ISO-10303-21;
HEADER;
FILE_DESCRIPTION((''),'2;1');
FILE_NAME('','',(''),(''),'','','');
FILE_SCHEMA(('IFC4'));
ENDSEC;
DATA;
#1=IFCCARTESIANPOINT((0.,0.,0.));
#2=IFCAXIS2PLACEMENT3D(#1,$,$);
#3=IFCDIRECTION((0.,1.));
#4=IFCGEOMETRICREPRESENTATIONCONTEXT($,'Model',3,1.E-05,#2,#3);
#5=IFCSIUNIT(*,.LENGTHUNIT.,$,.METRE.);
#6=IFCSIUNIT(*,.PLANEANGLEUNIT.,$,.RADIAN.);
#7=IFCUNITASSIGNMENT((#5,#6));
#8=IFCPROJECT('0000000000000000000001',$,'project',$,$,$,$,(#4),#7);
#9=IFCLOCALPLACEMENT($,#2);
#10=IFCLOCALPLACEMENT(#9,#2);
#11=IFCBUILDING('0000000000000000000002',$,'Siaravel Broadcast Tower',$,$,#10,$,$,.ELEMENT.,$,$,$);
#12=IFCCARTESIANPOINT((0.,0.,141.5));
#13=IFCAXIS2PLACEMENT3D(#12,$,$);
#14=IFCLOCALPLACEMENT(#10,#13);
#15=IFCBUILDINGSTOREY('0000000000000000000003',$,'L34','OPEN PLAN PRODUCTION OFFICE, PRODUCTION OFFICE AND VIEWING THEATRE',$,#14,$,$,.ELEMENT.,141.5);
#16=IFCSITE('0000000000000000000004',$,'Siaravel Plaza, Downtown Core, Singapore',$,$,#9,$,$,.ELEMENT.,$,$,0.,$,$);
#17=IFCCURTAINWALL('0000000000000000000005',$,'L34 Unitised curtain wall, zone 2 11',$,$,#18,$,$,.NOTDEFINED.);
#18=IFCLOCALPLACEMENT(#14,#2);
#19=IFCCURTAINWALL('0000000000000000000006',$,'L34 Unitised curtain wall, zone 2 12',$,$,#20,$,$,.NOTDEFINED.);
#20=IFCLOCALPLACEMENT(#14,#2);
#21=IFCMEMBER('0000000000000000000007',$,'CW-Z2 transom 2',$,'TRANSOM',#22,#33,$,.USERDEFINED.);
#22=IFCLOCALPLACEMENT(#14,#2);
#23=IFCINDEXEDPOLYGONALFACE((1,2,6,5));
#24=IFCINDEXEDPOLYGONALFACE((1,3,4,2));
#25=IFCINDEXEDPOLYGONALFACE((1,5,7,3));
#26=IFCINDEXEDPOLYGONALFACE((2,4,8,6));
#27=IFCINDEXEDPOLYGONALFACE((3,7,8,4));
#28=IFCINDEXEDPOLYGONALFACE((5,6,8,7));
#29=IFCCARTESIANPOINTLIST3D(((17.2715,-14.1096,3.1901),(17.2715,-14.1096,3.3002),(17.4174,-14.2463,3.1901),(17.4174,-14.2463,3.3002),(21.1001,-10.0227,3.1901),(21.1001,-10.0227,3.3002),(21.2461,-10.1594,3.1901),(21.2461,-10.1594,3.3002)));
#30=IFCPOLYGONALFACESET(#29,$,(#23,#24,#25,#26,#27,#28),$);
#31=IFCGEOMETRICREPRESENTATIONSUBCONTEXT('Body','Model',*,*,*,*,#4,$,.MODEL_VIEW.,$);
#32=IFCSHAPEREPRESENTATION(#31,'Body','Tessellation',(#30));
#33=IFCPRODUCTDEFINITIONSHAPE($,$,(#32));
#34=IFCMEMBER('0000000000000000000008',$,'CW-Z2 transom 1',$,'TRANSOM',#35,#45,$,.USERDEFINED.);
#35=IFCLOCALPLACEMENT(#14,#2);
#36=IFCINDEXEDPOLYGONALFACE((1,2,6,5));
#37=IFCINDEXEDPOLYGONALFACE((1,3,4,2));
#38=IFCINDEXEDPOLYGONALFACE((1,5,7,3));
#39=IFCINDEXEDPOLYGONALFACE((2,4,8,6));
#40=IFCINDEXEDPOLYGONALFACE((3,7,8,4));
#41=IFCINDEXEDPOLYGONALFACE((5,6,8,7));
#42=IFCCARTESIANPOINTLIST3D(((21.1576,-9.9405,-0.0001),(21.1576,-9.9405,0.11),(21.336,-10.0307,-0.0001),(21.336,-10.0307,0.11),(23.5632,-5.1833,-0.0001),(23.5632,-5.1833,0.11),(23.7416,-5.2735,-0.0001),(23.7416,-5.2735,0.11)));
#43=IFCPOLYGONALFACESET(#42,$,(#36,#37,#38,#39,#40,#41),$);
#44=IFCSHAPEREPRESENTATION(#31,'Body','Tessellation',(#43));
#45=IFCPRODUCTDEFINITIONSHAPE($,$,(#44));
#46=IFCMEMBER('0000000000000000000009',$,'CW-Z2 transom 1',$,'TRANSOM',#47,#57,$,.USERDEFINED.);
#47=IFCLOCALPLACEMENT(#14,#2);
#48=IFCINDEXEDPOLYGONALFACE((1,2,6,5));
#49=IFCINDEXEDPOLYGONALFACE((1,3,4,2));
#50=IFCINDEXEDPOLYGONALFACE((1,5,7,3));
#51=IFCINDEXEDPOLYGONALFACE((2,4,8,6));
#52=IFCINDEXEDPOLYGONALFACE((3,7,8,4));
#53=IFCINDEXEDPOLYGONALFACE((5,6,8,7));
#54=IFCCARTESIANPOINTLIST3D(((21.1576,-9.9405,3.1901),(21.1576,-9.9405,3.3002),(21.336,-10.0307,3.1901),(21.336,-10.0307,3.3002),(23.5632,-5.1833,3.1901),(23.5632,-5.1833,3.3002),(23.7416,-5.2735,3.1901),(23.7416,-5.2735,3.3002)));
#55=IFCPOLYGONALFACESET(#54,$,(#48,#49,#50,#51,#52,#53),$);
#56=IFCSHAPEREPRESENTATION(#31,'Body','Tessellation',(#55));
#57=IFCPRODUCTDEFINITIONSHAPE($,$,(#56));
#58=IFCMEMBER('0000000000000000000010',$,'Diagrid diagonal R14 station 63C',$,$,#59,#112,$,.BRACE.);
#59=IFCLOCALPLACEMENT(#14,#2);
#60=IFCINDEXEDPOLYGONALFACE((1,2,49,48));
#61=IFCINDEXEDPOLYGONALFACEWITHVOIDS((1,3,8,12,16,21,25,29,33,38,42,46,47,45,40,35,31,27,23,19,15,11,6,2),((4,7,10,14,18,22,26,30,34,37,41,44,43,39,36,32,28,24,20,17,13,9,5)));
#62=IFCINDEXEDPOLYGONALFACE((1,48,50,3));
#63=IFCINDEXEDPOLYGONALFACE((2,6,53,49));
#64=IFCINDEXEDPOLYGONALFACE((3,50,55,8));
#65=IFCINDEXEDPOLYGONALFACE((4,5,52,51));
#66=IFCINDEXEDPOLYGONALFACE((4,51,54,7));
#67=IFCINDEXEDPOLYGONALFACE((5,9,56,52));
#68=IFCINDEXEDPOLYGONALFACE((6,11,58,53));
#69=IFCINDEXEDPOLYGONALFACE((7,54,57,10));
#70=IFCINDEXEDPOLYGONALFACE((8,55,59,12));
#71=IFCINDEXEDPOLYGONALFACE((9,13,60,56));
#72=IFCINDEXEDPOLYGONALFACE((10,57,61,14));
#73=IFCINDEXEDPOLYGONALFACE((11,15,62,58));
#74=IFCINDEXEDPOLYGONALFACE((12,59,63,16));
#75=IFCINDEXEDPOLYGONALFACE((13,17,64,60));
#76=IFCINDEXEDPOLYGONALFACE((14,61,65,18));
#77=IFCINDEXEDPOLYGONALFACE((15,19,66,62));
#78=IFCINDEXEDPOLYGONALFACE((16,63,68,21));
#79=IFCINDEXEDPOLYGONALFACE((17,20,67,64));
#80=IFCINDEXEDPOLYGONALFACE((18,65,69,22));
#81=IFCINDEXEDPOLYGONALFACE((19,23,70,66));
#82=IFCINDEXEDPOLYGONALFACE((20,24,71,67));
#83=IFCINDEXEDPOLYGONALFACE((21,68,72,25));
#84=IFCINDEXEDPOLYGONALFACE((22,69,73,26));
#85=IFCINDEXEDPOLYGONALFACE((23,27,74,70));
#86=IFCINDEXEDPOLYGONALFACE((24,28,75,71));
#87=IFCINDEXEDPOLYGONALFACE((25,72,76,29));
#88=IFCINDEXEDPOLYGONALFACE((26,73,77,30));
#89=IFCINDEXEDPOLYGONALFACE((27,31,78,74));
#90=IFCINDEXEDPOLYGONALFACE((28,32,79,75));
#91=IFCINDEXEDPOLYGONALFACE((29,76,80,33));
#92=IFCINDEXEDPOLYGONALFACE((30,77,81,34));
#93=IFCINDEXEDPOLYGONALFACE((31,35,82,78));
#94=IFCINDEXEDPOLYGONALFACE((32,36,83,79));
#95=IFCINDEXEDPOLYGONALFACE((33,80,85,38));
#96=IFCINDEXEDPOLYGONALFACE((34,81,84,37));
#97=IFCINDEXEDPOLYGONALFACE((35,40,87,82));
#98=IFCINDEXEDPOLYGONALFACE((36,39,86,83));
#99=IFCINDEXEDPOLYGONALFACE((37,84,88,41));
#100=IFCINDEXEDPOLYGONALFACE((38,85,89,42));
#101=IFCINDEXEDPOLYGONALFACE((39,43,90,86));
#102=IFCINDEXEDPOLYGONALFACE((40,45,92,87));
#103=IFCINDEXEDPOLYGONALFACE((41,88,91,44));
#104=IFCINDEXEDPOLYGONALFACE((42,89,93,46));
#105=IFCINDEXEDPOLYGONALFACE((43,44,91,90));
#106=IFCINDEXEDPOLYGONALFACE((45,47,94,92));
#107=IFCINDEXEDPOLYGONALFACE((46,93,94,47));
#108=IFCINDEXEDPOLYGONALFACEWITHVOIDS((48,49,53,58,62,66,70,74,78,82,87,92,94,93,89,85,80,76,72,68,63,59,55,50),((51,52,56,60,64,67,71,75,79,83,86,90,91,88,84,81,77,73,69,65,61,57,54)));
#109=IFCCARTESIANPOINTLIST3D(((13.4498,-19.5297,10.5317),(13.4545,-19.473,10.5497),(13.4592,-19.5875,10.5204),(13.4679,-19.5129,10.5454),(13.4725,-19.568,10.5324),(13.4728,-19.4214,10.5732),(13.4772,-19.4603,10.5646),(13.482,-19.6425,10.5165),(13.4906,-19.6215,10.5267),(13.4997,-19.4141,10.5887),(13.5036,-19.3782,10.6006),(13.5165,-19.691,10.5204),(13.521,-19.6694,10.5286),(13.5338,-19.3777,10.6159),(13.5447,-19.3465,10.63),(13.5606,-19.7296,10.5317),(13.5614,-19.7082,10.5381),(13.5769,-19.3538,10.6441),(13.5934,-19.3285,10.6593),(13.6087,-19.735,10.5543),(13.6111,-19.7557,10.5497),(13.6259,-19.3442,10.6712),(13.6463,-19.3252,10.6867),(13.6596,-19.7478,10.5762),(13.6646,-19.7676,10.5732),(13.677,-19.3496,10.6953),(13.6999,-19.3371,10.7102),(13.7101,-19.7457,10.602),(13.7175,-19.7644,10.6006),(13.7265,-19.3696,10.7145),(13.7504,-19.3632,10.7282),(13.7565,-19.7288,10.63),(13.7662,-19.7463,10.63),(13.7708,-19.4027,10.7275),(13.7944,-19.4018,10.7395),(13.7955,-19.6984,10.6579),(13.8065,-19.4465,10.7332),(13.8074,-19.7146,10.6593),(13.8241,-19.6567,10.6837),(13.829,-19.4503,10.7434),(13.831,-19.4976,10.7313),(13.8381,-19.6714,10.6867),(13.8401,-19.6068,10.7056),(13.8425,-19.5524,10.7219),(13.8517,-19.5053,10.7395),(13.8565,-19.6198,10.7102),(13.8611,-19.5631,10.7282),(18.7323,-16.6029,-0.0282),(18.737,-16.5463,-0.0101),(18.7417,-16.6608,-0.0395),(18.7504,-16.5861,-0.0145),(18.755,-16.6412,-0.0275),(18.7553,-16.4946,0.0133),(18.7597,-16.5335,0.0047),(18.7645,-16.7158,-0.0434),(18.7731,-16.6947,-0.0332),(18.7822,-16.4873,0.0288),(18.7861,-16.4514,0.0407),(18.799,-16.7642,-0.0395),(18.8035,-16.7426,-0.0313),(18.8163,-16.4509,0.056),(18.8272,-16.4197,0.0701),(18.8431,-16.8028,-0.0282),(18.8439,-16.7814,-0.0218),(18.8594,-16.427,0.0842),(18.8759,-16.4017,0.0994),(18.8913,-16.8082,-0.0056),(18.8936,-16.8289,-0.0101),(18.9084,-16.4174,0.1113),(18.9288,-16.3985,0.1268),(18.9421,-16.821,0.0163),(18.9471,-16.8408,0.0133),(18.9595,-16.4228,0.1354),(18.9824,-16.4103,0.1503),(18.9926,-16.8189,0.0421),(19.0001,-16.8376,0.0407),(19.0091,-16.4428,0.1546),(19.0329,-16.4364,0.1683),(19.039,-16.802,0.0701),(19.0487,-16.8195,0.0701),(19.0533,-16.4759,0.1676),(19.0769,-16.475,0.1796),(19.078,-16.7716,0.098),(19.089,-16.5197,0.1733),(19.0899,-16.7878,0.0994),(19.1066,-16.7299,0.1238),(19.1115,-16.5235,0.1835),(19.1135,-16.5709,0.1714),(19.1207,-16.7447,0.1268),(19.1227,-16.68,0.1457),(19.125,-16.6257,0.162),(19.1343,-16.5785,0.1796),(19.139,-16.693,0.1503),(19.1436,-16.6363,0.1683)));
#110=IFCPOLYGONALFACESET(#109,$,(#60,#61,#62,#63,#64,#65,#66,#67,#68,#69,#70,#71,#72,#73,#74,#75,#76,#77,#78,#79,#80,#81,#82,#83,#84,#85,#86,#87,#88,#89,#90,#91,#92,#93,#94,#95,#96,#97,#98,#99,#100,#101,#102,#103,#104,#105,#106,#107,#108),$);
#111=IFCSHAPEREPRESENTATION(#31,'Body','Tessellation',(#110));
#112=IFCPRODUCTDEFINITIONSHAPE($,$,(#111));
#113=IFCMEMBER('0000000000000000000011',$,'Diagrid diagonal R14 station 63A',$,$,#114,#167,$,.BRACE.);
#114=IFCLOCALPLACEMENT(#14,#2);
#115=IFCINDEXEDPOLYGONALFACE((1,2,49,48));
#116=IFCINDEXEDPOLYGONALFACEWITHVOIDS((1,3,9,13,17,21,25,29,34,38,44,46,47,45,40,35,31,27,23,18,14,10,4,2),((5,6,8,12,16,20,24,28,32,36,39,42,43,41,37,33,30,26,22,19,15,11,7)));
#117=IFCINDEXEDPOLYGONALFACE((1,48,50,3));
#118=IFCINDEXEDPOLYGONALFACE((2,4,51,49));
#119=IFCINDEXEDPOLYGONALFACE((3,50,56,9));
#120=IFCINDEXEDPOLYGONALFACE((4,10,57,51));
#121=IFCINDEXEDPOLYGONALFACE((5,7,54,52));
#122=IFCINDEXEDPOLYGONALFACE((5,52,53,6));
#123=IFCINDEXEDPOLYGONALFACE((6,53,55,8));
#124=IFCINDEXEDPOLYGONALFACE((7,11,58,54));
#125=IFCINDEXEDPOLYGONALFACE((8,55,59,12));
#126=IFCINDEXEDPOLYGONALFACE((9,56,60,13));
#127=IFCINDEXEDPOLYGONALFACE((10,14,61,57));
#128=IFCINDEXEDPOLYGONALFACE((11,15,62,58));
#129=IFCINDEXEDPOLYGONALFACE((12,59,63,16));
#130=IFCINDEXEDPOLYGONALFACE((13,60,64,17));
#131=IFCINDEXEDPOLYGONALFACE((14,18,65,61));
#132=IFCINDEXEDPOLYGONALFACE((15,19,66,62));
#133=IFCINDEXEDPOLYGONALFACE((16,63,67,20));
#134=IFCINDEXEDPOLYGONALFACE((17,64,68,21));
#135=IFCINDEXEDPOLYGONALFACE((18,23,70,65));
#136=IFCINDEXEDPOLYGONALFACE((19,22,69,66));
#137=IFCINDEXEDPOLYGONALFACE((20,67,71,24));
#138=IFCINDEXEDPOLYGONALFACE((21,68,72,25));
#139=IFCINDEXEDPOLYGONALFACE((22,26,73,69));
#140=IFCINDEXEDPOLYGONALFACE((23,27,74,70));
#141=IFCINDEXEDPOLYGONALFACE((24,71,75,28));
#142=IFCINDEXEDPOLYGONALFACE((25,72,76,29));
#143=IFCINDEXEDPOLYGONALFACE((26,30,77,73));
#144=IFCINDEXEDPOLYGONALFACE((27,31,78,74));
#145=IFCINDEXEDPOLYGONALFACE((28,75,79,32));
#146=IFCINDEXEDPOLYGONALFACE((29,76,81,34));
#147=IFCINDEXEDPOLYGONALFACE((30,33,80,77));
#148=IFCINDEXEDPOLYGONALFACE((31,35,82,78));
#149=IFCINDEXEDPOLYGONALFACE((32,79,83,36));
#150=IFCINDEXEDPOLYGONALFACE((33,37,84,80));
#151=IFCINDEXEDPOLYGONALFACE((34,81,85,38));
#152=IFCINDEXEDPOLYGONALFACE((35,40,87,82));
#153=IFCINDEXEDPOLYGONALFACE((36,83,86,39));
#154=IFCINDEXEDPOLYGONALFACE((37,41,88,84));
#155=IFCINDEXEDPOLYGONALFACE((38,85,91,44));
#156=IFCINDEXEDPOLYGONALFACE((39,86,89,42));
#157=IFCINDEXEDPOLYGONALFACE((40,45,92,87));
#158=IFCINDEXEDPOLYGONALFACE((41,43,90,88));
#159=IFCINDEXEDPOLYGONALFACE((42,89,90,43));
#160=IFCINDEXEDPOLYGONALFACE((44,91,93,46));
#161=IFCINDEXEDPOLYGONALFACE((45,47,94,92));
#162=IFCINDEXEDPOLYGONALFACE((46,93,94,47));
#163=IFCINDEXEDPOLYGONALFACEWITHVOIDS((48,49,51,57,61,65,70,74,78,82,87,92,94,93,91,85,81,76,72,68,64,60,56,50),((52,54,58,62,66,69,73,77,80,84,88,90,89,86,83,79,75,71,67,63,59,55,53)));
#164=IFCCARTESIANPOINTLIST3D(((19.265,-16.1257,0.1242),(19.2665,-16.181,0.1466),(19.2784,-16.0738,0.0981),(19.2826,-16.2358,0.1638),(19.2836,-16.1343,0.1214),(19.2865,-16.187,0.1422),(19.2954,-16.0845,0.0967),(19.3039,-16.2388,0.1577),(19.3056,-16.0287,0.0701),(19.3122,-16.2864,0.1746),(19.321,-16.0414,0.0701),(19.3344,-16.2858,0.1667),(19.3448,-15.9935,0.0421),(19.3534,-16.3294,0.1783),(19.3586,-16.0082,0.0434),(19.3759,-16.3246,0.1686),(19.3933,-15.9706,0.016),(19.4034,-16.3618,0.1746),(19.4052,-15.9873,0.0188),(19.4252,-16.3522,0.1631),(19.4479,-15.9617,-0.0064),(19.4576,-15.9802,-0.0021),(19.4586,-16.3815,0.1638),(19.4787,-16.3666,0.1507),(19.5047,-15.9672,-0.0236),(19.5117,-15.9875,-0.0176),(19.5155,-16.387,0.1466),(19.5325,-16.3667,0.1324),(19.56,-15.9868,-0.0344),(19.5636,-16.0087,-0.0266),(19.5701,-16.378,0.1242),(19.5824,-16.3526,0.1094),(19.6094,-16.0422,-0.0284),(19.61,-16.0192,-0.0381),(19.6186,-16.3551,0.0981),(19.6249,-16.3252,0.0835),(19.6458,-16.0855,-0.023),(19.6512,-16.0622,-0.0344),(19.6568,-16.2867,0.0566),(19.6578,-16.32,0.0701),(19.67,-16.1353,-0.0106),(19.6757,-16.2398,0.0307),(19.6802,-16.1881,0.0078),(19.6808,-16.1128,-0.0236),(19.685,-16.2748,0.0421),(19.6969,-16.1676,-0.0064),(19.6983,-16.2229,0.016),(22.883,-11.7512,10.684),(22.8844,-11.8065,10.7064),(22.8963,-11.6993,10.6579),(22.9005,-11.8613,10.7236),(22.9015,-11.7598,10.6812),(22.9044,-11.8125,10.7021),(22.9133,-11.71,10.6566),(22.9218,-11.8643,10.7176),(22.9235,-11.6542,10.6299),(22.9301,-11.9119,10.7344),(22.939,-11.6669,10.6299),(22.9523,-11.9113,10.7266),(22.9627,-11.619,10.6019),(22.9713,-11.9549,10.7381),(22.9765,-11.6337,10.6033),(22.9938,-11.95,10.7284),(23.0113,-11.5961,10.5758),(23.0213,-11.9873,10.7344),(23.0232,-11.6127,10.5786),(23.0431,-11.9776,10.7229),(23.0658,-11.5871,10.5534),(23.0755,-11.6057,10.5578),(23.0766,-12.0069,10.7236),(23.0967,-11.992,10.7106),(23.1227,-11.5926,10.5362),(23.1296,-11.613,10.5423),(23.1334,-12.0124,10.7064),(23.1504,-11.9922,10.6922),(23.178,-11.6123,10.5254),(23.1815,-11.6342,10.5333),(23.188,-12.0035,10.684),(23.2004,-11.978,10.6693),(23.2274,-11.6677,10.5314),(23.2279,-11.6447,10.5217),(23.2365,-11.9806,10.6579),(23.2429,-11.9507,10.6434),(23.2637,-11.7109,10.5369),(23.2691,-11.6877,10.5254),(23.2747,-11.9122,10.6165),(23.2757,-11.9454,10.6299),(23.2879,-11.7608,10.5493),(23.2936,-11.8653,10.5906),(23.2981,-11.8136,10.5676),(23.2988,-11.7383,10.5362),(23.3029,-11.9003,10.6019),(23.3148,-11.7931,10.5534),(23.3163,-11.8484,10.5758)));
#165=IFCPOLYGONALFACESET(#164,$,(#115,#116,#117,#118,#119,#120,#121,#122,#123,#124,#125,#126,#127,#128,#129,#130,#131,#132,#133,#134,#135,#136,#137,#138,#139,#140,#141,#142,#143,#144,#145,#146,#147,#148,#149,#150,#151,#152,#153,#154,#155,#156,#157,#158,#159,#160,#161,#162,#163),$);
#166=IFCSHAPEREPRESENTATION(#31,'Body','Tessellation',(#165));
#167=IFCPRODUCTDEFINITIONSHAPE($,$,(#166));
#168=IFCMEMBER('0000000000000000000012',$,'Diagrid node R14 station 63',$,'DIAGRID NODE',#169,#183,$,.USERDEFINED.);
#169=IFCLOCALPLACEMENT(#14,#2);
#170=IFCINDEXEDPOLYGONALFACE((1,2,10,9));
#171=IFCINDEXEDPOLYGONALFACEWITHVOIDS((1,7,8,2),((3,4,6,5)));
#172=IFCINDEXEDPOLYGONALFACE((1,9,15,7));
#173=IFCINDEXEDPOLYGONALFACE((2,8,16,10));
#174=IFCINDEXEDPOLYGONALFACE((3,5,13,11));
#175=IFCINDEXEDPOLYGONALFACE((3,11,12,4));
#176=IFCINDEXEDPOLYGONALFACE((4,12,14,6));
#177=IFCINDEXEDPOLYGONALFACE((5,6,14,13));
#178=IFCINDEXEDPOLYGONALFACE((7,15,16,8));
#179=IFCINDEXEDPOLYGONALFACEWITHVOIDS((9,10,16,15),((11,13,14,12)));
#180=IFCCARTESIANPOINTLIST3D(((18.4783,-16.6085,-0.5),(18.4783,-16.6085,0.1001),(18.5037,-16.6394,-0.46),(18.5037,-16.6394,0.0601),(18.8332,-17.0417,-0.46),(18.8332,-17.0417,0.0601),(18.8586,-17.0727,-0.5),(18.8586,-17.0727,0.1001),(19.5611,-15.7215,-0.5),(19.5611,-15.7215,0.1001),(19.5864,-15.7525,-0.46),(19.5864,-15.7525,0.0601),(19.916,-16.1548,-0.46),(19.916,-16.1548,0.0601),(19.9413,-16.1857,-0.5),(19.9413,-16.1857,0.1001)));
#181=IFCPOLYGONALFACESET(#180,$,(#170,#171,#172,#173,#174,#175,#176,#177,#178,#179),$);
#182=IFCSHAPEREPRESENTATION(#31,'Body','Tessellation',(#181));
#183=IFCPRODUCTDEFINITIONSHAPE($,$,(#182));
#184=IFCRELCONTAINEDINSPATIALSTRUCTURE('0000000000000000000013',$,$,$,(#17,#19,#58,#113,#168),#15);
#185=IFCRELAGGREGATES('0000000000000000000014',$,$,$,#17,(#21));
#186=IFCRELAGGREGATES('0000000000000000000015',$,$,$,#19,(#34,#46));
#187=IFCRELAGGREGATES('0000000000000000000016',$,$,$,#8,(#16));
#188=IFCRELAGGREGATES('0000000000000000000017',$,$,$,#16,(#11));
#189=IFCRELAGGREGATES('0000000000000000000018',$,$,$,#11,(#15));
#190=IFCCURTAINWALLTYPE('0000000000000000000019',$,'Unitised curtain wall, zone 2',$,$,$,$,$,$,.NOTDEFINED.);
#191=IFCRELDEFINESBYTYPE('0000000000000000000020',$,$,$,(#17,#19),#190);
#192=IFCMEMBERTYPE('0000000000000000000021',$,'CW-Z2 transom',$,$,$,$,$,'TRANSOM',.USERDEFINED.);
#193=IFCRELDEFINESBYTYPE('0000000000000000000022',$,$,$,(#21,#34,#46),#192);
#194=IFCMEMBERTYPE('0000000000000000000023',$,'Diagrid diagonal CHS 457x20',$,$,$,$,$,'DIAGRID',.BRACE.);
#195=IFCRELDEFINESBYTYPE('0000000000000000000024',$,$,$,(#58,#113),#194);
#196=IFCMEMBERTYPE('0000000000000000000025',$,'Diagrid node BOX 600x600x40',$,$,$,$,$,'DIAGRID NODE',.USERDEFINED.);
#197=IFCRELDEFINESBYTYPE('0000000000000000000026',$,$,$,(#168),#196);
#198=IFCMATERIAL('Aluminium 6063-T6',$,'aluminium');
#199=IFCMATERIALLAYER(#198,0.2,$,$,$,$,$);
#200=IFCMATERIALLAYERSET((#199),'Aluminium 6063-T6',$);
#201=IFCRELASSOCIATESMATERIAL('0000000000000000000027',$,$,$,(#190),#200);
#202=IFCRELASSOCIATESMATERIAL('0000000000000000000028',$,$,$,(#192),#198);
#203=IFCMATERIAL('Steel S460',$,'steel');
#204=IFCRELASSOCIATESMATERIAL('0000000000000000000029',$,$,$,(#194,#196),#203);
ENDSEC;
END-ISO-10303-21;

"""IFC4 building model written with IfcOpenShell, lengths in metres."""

from ifc_helpers import new_model, si_unit, direction, frame, origin, origin_2d, place, context, subcontext, project, spatial, rectangle, hollow_rectangle, hollow_circle, extrude, material, layer, layer_set, material_profile, profile_set, type_object, element, aggregate, save


model = new_model("IFC4")

# Units and contexts
model_context = context("Model", 3, precision=1e-05, world=origin(), true_north=direction((0.0, 1.0)))
body_context = subcontext(model_context, "Body", "Model", "MODEL_VIEW")
ifc_project = project(units=[si_unit("LENGTHUNIT", "METRE"), si_unit("PLANEANGLEUNIT", "RADIAN")], contexts=[model_context])

# Site, building, storey
site_placement = place(None, origin())
site = spatial("IfcSite", under=ifc_project, at=site_placement, Name="Siaravel Plaza, Downtown Core, Singapore", CompositionType="ELEMENT", RefElevation=0.0)
building_placement = place(site_placement, origin())
building = spatial("IfcBuilding", under=site, at=building_placement, Name="Siaravel Broadcast Tower", CompositionType="ELEMENT")
storey_placement = place(building_placement, frame((0.0, 0.0, 141.5)))
storey = spatial("IfcBuildingStorey", under=building, at=storey_placement, Name="L34", Description="OPEN PLAN PRODUCTION OFFICE, PRODUCTION OFFICE AND VIEWING THEATRE", CompositionType="ELEMENT", Elevation=141.5)

# Curtain wall
ifc_material_1 = material(Name="Aluminium 6063-T6", Category="aluminium")
ifc_layer_1 = layer(ifc_material_1, 0.2)
ifc_layer_set_1 = layer_set([ifc_layer_1], Name="Aluminium 6063-T6")
curtain_wall_type = type_object("IfcCurtainWallType", Name="Unitised curtain wall, zone 2", PredefinedType="NOTDEFINED", material=ifc_layer_set_1)
curtain_wall_1_placement = place(storey_placement, origin())
curtain_wall_1 = element("IfcCurtainWall", 1, at=curtain_wall_1_placement, inside=storey, type_object=curtain_wall_type, Name="L34 Unitised curtain wall, zone 2 11", PredefinedType="NOTDEFINED")

# Curtain wall
curtain_wall_2_placement = place(storey_placement, origin())
curtain_wall_2 = element("IfcCurtainWall", 2, at=curtain_wall_2_placement, inside=storey, type_object=curtain_wall_type, Name="L34 Unitised curtain wall, zone 2 12", PredefinedType="NOTDEFINED")

# Members
ifc_material_profile_1 = material_profile(ifc_material_1, rectangle(XDim=0.2, YDim=0.1101, at=origin_2d()))
ifc_profile_set_1 = profile_set([ifc_material_profile_1], Name="Aluminium 6063-T6")
member_type_1 = type_object("IfcMemberType", Name="CW-Z2 transom", ElementType="TRANSOM", PredefinedType="USERDEFINED", material=ifc_profile_set_1)
member_1_placement = place(storey_placement, frame((17.3445, -14.178, 3.2451), z_axis=(0.683668, 0.729793, 0.0), x_axis=(-0.729793, 0.683668, 0.0)))
member_1 = element("IfcMember", 3, at=member_1_placement, type_object=member_type_1, Name="CW-Z2 transom 2", ObjectType="TRANSOM", PredefinedType="USERDEFINED", context=body_context, shape_type="SweptSolid", body=[
    extrude(rectangle(XDim=0.2, YDim=0.1101, at=origin_2d()), origin(), (0.0, 0.0, 1.0), 5.6001),
])
member_2_placement = place(storey_placement, frame((21.2468, -9.9856, 0.0549), z_axis=(0.451258, 0.892394, 0.0), x_axis=(-0.892394, 0.451258, 0.0)))
member_2 = element("IfcMember", 4, at=member_2_placement, type_object=member_type_1, Name="CW-Z2 transom 1", ObjectType="TRANSOM", PredefinedType="USERDEFINED", context=body_context, shape_type="SweptSolid", body=[
    extrude(rectangle(XDim=0.2, YDim=0.1101, at=origin_2d()), origin(), (0.0, 0.0, 1.0), 5.3308),
])
member_3_placement = place(storey_placement, frame((21.2468, -9.9856, 3.2451), z_axis=(0.451258, 0.892394, 0.0), x_axis=(-0.892394, 0.451258, 0.0)))
member_3 = element("IfcMember", 5, at=member_3_placement, type_object=member_type_1, Name="CW-Z2 transom 1", ObjectType="TRANSOM", PredefinedType="USERDEFINED", context=body_context, shape_type="SweptSolid", body=[
    extrude(rectangle(XDim=0.2, YDim=0.1101, at=origin_2d()), origin(), (0.0, 0.0, 1.0), 5.3308),
])

# Members
ifc_material_2 = material(Name="Steel S460", Category="steel")
ifc_material_profile_2 = material_profile(ifc_material_2, hollow_circle(Radius=0.2285, WallThickness=0.02, at=origin_2d()))
ifc_profile_set_2 = profile_set([ifc_material_profile_2], Name="Steel S460")
member_type_2 = type_object("IfcMemberType", Name="Diagrid diagonal CHS 457x20", ElementType="DIAGRID", PredefinedType="BRACE", material=ifc_profile_set_2)
member_4_placement = place(storey_placement, frame((18.938, -16.6196, 0.0701), z_axis=(-0.434246, -0.240594, 0.86807), x_axis=(0.484637, -0.874715, 0.0)))
element("IfcMember", 6, at=member_4_placement, inside=storey, type_object=member_type_2, Name="Diagrid diagonal R14 station 63C", PredefinedType="BRACE", context=body_context, shape_type="SweptSolid", body=[
    extrude(hollow_circle(Radius=0.2285, WallThickness=0.02, at=origin_2d()), origin(), (0.0, 0.0, 1.0), 12.1648),
])
member_5_placement = place(storey_placement, frame((19.4817, -16.1743, 0.0701), z_axis=(0.301771, 0.364878, 0.880794), x_axis=(-0.770599, 0.63732, 0.0)))
element("IfcMember", 7, at=member_5_placement, inside=storey, type_object=member_type_2, Name="Diagrid diagonal R14 station 63A", PredefinedType="BRACE", context=body_context, shape_type="SweptSolid", body=[
    extrude(hollow_circle(Radius=0.2285, WallThickness=0.02, at=origin_2d()), origin(), (0.0, 0.0, 1.0), 11.989),
])
ifc_material_profile_3 = material_profile(ifc_material_2, hollow_rectangle(XDim=0.6001, YDim=0.6001, WallThickness=0.04, at=origin_2d()))
ifc_profile_set_3 = profile_set([ifc_material_profile_3], Name="Steel S460")
member_type_3 = type_object("IfcMemberType", Name="Diagrid node BOX 600x600x40", ElementType="DIAGRID NODE", PredefinedType="USERDEFINED", material=ifc_profile_set_3)
member_6_placement = place(storey_placement, frame((18.6685, -16.8406, -0.2), z_axis=(0.773584, 0.633694, 0.0), x_axis=(-0.633694, 0.773584, 0.0)))
element("IfcMember", 8, at=member_6_placement, inside=storey, type_object=member_type_3, Name="Diagrid node R14 station 63", ObjectType="DIAGRID NODE", PredefinedType="USERDEFINED", context=body_context, shape_type="SweptSolid", body=[
    extrude(hollow_rectangle(XDim=0.6001, YDim=0.6001, WallThickness=0.04, at=origin_2d()), origin(), (0.0, 0.0, 1.0), 1.3997),
])

aggregate(curtain_wall_1, [member_1])
aggregate(curtain_wall_2, [member_2, member_3])

save(model, "model.ifc")
